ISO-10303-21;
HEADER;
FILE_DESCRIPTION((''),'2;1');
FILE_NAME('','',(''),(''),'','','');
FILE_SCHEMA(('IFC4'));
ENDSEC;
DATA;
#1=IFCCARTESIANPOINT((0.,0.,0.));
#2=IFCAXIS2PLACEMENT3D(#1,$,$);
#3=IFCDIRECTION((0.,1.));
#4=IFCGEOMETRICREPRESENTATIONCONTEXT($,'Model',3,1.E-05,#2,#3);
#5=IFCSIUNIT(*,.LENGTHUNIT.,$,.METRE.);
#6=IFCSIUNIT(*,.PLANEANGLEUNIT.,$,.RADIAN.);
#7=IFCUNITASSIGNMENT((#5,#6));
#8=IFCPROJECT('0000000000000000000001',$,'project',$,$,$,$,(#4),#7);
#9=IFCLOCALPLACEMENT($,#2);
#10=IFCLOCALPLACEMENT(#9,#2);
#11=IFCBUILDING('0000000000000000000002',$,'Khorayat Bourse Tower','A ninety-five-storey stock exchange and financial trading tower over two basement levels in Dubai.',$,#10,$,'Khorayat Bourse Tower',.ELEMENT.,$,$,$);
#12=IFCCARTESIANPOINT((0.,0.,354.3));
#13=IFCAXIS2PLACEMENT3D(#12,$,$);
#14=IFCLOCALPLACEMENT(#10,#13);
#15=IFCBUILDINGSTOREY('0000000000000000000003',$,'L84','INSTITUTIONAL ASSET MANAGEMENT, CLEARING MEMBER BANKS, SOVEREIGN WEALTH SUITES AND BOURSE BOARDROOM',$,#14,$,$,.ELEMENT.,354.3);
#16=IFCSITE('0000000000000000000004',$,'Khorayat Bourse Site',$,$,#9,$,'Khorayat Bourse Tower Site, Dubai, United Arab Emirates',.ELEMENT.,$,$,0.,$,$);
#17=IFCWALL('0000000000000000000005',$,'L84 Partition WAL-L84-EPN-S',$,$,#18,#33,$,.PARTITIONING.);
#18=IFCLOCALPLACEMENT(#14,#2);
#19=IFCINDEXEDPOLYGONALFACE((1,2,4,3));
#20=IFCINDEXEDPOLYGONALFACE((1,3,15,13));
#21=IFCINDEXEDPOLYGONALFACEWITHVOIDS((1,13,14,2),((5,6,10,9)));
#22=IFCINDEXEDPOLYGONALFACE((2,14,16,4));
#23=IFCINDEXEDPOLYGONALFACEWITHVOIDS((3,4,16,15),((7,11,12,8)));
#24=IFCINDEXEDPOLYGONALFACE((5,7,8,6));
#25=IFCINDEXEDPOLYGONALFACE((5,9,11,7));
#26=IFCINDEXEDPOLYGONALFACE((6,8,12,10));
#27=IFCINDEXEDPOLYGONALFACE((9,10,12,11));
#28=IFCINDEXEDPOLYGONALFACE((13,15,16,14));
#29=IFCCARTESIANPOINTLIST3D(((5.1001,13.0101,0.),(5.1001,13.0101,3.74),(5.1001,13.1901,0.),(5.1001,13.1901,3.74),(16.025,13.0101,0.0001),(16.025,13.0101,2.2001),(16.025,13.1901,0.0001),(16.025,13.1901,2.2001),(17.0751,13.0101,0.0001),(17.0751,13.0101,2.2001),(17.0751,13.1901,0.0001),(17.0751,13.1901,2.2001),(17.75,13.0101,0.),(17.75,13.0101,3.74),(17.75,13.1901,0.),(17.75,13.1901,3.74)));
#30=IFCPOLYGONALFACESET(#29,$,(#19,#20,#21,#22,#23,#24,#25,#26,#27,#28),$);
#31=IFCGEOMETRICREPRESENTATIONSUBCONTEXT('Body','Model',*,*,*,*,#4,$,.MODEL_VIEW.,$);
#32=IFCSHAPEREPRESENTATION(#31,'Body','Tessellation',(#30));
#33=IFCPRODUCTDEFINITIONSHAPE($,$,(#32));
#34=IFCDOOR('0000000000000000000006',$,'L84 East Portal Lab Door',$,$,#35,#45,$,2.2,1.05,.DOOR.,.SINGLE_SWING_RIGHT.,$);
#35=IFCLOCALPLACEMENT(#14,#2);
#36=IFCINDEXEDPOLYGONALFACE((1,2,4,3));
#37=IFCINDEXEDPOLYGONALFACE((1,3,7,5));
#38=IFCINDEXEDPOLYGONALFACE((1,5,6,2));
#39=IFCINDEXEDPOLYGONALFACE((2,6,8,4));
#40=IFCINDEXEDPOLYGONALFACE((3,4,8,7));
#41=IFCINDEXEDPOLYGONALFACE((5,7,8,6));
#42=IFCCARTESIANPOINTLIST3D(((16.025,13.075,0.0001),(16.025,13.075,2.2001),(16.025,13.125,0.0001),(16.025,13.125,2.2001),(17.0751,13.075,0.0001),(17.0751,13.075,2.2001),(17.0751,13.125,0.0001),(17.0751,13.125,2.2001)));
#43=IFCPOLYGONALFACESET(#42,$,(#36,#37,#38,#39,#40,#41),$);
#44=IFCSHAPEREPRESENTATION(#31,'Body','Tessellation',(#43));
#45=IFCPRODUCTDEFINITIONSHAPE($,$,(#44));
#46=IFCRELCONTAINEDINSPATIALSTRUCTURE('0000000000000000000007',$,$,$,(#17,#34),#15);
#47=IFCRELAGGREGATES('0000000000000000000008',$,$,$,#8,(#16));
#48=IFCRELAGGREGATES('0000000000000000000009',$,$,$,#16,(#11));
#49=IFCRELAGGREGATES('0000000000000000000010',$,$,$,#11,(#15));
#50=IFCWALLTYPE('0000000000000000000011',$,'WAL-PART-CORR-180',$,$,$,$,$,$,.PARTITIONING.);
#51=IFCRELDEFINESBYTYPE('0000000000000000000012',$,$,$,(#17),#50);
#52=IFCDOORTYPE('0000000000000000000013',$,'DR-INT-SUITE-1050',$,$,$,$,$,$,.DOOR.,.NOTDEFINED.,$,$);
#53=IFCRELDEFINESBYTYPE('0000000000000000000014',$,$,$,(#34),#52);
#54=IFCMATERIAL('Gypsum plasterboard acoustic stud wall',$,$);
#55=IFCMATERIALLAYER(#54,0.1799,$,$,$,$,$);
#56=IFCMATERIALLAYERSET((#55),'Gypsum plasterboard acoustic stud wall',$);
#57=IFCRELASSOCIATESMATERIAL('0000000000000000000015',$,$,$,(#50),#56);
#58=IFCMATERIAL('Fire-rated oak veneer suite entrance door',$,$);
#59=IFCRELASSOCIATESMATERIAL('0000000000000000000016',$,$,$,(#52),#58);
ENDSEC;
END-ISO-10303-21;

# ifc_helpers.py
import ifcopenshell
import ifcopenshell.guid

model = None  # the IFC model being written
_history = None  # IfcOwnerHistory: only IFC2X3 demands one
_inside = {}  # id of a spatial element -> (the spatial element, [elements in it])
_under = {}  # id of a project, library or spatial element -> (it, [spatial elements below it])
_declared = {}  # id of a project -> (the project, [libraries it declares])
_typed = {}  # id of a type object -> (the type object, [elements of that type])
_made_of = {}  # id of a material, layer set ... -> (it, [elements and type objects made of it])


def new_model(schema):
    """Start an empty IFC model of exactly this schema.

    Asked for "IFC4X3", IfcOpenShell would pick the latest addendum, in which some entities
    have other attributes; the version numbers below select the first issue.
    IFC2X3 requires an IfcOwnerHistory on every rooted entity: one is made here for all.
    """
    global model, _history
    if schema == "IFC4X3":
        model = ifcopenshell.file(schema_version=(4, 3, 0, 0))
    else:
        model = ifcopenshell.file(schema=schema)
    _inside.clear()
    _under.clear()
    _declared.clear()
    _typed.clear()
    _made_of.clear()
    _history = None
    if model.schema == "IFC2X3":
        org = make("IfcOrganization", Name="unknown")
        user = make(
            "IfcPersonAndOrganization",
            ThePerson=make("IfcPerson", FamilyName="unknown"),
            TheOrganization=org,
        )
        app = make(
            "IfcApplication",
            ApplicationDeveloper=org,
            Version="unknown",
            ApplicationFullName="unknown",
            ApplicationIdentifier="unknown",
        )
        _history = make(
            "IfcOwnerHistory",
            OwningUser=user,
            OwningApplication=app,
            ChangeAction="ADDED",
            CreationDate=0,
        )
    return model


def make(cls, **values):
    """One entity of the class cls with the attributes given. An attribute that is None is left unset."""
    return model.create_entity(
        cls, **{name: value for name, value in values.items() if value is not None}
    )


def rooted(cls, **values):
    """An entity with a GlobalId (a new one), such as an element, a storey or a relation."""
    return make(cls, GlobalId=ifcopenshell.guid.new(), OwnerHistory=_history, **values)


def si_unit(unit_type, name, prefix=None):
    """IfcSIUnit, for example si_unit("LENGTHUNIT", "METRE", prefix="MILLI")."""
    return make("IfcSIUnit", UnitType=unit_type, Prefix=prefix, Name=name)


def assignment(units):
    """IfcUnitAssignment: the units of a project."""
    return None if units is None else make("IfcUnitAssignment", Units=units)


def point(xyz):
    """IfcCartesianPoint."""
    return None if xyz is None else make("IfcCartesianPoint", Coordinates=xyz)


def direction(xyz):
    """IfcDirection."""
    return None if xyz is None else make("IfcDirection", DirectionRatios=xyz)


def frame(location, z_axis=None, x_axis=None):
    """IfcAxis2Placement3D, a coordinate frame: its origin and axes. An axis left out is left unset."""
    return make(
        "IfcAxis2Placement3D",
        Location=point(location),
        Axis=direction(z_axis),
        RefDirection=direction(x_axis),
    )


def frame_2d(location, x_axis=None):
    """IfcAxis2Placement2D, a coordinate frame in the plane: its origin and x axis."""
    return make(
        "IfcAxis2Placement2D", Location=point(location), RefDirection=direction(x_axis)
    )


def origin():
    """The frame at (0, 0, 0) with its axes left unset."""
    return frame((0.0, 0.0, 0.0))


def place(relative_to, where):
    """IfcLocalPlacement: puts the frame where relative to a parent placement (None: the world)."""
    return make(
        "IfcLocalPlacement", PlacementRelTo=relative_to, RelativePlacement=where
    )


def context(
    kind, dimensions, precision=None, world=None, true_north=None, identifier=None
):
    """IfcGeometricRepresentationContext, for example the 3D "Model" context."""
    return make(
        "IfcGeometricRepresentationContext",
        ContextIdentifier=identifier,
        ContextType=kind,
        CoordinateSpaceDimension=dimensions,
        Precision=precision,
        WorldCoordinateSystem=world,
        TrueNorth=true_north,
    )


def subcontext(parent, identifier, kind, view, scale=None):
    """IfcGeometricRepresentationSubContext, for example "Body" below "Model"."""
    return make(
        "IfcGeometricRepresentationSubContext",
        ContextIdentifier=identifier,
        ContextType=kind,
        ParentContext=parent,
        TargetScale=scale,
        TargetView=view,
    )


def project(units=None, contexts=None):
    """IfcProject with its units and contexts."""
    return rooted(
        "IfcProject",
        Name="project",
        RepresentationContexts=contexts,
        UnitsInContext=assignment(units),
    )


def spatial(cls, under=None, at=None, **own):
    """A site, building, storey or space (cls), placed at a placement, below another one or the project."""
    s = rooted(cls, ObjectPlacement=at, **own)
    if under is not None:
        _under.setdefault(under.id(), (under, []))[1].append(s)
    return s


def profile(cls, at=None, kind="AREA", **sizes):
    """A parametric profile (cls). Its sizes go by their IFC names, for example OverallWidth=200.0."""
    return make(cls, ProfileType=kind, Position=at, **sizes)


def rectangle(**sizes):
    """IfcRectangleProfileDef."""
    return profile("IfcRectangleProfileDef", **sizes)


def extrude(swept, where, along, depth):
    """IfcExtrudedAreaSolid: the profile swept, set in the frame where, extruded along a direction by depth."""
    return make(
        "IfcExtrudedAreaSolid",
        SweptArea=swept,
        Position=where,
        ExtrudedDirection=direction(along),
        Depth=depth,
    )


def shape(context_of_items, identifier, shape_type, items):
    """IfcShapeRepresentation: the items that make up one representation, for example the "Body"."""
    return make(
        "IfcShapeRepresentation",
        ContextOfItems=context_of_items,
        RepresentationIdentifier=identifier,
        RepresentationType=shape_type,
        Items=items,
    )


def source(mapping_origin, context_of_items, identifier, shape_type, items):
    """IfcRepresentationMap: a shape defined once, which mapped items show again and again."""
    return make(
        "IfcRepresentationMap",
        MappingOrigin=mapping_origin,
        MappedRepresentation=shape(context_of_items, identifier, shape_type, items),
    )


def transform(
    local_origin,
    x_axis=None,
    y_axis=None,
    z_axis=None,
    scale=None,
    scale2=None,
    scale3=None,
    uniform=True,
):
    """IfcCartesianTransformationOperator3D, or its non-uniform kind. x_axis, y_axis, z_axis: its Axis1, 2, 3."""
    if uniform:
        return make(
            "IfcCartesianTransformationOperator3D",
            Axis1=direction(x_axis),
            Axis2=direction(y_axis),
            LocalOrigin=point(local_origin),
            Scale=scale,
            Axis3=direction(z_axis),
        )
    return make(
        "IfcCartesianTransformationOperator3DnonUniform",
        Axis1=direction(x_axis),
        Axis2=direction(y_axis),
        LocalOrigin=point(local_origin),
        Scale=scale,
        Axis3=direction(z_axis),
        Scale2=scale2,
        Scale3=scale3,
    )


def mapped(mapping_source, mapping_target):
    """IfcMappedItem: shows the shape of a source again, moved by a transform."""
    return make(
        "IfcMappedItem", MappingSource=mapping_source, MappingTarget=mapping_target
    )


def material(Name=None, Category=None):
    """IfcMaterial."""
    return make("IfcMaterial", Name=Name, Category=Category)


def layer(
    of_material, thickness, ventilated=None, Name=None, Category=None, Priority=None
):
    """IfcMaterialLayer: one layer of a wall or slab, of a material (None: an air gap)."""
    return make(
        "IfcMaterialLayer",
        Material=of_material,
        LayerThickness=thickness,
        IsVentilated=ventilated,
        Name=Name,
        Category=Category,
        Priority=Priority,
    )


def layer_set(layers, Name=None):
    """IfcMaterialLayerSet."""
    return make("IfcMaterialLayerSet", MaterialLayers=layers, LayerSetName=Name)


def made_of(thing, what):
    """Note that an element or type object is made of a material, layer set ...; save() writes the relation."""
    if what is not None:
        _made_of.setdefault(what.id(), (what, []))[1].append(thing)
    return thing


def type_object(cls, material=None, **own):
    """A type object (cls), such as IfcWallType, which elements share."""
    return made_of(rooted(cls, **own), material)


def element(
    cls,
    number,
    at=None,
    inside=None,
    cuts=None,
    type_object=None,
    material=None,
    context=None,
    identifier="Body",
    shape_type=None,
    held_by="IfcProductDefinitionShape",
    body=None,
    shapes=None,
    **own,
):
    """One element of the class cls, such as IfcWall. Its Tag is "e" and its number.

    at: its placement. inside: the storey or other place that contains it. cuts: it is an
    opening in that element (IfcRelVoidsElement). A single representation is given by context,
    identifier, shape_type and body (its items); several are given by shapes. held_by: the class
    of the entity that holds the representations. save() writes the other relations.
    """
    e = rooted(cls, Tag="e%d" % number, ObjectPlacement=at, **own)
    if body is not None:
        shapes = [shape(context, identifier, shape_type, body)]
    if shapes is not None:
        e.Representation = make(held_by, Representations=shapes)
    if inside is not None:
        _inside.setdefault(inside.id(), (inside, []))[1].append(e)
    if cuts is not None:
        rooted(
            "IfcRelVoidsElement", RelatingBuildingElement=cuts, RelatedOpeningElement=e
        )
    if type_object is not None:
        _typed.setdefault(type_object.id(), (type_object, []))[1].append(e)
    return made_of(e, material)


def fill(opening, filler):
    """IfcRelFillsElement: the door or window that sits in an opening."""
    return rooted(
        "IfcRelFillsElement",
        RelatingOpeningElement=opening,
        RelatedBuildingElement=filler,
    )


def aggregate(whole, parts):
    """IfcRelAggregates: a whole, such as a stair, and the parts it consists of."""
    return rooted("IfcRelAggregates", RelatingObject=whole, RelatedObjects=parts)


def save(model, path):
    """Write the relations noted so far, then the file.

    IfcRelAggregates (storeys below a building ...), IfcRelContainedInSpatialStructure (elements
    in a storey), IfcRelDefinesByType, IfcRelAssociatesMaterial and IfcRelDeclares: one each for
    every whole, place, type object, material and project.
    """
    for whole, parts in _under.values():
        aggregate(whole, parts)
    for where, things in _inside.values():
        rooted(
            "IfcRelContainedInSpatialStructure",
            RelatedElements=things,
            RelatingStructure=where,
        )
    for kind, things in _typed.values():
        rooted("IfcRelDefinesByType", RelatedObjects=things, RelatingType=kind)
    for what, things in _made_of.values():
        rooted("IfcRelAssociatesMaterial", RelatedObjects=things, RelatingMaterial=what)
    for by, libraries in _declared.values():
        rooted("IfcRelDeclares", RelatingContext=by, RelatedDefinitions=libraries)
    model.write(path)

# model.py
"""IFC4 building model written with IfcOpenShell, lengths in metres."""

from ifc_helpers import new_model, si_unit, direction, frame, frame_2d, origin, place, context, subcontext, project, spatial, rectangle, extrude, source, transform, mapped, material, layer, layer_set, type_object, element, fill, save


model = new_model("IFC4")

# Units and contexts
model_context = context("Model", 3, precision=1e-05, world=origin(), true_north=direction((0.0, 1.0)))
body_context = subcontext(model_context, "Body", "Model", "MODEL_VIEW")
ifc_project = project(units=[si_unit("LENGTHUNIT", "METRE"), si_unit("PLANEANGLEUNIT", "RADIAN")], contexts=[model_context])

# Site, building, storey
site_placement = place(None, origin())
site = spatial("IfcSite", under=ifc_project, at=site_placement, Name="Khorayat Bourse Site", LongName="Khorayat Bourse Tower Site, Dubai, United Arab Emirates", CompositionType="ELEMENT", RefElevation=0.0)
building_placement = place(site_placement, origin())
building = spatial("IfcBuilding", under=site, at=building_placement, Name="Khorayat Bourse Tower", Description="A ninety-five-storey stock exchange and financial trading tower over two basement levels in Dubai.", LongName="Khorayat Bourse Tower", CompositionType="ELEMENT")
storey_placement = place(building_placement, frame((0.0, 0.0, 354.3)))
storey = spatial("IfcBuildingStorey", under=building, at=storey_placement, Name="L84", Description="INSTITUTIONAL ASSET MANAGEMENT, CLEARING MEMBER BANKS, SOVEREIGN WEALTH SUITES AND BOURSE BOARDROOM", CompositionType="ELEMENT", Elevation=354.3)

# Wall, opening, door
ifc_material_1 = material(Name="Gypsum plasterboard acoustic stud wall")
ifc_layer_1 = layer(ifc_material_1, 0.1799)
ifc_layer_set_1 = layer_set([ifc_layer_1], Name="Gypsum plasterboard acoustic stud wall")
wall_type_1 = type_object("IfcWallType", Name="WAL-PART-CORR-180", PredefinedType="PARTITIONING", material=ifc_layer_set_1)
shared_shape_1 = source(origin(), body_context, "Body", "SweptSolid", [
    extrude(rectangle(XDim=12.6499, YDim=0.1799, at=frame_2d((6.325, 0.0))), origin(), (0.0, 0.0, 1.0), 3.74),
])
wall_1_placement = place(storey_placement, frame((5.1001, 13.1001, 0.0), z_axis=(0.0, 0.0, 1.0), x_axis=(1.0, 0.0, 0.0)))
wall_1 = element("IfcWall", 1, at=wall_1_placement, inside=storey, type_object=wall_type_1, Name="L84 Partition WAL-L84-EPN-S", PredefinedType="PARTITIONING", context=body_context, shape_type="MappedRepresentation", body=[
    mapped(shared_shape_1, transform((0.0, 0.0, 0.0), scale=1.0)),
])
shared_shape_2 = source(origin(), body_context, "Body", "SweptSolid", [
    extrude(rectangle(XDim=1.05, YDim=2.2, at=frame_2d((0.5249, 1.1001))), frame((0.0, 0.0999, 0.0), z_axis=(0.0, -1.0, 0.0), x_axis=(1.0, 0.0, 0.0)), (0.0, 0.0, 1.0), 0.2),
])
opening_1_placement = place(wall_1_placement, frame((10.925, 0.0, 0.0)))
opening_1 = element("IfcOpeningElement", 2, at=opening_1_placement, cuts=wall_1, PredefinedType="OPENING", context=body_context, shape_type="MappedRepresentation", body=[
    mapped(shared_shape_2, transform((0.0, 0.0, 0.0), scale=1.0)),
])
ifc_material_2 = material(Name="Fire-rated oak veneer suite entrance door")
door_type_1 = type_object("IfcDoorType", Name="DR-INT-SUITE-1050", OperationType="NOTDEFINED", PredefinedType="DOOR", material=ifc_material_2)
shared_shape_3 = source(origin(), body_context, "Body", "SweptSolid", [
    extrude(rectangle(XDim=1.05, YDim=2.2, at=frame_2d((0.5249, 1.1001))), frame((0.0, 0.0249, 0.0), z_axis=(0.0, -1.0, 0.0), x_axis=(1.0, 0.0, 0.0)), (0.0, 0.0, 1.0), 0.05),
])
door_1_placement = place(opening_1_placement, origin())
door_1 = element("IfcDoor", 3, at=door_1_placement, inside=storey, type_object=door_type_1, Name="L84 East Portal Lab Door", OperationType="SINGLE_SWING_RIGHT", OverallHeight=2.2, OverallWidth=1.05, PredefinedType="DOOR", context=body_context, shape_type="MappedRepresentation", body=[
    mapped(shared_shape_3, transform((0.0, 0.0, 0.0), scale=1.0)),
])
fill(opening_1, door_1)

save(model, "model.ifc")
